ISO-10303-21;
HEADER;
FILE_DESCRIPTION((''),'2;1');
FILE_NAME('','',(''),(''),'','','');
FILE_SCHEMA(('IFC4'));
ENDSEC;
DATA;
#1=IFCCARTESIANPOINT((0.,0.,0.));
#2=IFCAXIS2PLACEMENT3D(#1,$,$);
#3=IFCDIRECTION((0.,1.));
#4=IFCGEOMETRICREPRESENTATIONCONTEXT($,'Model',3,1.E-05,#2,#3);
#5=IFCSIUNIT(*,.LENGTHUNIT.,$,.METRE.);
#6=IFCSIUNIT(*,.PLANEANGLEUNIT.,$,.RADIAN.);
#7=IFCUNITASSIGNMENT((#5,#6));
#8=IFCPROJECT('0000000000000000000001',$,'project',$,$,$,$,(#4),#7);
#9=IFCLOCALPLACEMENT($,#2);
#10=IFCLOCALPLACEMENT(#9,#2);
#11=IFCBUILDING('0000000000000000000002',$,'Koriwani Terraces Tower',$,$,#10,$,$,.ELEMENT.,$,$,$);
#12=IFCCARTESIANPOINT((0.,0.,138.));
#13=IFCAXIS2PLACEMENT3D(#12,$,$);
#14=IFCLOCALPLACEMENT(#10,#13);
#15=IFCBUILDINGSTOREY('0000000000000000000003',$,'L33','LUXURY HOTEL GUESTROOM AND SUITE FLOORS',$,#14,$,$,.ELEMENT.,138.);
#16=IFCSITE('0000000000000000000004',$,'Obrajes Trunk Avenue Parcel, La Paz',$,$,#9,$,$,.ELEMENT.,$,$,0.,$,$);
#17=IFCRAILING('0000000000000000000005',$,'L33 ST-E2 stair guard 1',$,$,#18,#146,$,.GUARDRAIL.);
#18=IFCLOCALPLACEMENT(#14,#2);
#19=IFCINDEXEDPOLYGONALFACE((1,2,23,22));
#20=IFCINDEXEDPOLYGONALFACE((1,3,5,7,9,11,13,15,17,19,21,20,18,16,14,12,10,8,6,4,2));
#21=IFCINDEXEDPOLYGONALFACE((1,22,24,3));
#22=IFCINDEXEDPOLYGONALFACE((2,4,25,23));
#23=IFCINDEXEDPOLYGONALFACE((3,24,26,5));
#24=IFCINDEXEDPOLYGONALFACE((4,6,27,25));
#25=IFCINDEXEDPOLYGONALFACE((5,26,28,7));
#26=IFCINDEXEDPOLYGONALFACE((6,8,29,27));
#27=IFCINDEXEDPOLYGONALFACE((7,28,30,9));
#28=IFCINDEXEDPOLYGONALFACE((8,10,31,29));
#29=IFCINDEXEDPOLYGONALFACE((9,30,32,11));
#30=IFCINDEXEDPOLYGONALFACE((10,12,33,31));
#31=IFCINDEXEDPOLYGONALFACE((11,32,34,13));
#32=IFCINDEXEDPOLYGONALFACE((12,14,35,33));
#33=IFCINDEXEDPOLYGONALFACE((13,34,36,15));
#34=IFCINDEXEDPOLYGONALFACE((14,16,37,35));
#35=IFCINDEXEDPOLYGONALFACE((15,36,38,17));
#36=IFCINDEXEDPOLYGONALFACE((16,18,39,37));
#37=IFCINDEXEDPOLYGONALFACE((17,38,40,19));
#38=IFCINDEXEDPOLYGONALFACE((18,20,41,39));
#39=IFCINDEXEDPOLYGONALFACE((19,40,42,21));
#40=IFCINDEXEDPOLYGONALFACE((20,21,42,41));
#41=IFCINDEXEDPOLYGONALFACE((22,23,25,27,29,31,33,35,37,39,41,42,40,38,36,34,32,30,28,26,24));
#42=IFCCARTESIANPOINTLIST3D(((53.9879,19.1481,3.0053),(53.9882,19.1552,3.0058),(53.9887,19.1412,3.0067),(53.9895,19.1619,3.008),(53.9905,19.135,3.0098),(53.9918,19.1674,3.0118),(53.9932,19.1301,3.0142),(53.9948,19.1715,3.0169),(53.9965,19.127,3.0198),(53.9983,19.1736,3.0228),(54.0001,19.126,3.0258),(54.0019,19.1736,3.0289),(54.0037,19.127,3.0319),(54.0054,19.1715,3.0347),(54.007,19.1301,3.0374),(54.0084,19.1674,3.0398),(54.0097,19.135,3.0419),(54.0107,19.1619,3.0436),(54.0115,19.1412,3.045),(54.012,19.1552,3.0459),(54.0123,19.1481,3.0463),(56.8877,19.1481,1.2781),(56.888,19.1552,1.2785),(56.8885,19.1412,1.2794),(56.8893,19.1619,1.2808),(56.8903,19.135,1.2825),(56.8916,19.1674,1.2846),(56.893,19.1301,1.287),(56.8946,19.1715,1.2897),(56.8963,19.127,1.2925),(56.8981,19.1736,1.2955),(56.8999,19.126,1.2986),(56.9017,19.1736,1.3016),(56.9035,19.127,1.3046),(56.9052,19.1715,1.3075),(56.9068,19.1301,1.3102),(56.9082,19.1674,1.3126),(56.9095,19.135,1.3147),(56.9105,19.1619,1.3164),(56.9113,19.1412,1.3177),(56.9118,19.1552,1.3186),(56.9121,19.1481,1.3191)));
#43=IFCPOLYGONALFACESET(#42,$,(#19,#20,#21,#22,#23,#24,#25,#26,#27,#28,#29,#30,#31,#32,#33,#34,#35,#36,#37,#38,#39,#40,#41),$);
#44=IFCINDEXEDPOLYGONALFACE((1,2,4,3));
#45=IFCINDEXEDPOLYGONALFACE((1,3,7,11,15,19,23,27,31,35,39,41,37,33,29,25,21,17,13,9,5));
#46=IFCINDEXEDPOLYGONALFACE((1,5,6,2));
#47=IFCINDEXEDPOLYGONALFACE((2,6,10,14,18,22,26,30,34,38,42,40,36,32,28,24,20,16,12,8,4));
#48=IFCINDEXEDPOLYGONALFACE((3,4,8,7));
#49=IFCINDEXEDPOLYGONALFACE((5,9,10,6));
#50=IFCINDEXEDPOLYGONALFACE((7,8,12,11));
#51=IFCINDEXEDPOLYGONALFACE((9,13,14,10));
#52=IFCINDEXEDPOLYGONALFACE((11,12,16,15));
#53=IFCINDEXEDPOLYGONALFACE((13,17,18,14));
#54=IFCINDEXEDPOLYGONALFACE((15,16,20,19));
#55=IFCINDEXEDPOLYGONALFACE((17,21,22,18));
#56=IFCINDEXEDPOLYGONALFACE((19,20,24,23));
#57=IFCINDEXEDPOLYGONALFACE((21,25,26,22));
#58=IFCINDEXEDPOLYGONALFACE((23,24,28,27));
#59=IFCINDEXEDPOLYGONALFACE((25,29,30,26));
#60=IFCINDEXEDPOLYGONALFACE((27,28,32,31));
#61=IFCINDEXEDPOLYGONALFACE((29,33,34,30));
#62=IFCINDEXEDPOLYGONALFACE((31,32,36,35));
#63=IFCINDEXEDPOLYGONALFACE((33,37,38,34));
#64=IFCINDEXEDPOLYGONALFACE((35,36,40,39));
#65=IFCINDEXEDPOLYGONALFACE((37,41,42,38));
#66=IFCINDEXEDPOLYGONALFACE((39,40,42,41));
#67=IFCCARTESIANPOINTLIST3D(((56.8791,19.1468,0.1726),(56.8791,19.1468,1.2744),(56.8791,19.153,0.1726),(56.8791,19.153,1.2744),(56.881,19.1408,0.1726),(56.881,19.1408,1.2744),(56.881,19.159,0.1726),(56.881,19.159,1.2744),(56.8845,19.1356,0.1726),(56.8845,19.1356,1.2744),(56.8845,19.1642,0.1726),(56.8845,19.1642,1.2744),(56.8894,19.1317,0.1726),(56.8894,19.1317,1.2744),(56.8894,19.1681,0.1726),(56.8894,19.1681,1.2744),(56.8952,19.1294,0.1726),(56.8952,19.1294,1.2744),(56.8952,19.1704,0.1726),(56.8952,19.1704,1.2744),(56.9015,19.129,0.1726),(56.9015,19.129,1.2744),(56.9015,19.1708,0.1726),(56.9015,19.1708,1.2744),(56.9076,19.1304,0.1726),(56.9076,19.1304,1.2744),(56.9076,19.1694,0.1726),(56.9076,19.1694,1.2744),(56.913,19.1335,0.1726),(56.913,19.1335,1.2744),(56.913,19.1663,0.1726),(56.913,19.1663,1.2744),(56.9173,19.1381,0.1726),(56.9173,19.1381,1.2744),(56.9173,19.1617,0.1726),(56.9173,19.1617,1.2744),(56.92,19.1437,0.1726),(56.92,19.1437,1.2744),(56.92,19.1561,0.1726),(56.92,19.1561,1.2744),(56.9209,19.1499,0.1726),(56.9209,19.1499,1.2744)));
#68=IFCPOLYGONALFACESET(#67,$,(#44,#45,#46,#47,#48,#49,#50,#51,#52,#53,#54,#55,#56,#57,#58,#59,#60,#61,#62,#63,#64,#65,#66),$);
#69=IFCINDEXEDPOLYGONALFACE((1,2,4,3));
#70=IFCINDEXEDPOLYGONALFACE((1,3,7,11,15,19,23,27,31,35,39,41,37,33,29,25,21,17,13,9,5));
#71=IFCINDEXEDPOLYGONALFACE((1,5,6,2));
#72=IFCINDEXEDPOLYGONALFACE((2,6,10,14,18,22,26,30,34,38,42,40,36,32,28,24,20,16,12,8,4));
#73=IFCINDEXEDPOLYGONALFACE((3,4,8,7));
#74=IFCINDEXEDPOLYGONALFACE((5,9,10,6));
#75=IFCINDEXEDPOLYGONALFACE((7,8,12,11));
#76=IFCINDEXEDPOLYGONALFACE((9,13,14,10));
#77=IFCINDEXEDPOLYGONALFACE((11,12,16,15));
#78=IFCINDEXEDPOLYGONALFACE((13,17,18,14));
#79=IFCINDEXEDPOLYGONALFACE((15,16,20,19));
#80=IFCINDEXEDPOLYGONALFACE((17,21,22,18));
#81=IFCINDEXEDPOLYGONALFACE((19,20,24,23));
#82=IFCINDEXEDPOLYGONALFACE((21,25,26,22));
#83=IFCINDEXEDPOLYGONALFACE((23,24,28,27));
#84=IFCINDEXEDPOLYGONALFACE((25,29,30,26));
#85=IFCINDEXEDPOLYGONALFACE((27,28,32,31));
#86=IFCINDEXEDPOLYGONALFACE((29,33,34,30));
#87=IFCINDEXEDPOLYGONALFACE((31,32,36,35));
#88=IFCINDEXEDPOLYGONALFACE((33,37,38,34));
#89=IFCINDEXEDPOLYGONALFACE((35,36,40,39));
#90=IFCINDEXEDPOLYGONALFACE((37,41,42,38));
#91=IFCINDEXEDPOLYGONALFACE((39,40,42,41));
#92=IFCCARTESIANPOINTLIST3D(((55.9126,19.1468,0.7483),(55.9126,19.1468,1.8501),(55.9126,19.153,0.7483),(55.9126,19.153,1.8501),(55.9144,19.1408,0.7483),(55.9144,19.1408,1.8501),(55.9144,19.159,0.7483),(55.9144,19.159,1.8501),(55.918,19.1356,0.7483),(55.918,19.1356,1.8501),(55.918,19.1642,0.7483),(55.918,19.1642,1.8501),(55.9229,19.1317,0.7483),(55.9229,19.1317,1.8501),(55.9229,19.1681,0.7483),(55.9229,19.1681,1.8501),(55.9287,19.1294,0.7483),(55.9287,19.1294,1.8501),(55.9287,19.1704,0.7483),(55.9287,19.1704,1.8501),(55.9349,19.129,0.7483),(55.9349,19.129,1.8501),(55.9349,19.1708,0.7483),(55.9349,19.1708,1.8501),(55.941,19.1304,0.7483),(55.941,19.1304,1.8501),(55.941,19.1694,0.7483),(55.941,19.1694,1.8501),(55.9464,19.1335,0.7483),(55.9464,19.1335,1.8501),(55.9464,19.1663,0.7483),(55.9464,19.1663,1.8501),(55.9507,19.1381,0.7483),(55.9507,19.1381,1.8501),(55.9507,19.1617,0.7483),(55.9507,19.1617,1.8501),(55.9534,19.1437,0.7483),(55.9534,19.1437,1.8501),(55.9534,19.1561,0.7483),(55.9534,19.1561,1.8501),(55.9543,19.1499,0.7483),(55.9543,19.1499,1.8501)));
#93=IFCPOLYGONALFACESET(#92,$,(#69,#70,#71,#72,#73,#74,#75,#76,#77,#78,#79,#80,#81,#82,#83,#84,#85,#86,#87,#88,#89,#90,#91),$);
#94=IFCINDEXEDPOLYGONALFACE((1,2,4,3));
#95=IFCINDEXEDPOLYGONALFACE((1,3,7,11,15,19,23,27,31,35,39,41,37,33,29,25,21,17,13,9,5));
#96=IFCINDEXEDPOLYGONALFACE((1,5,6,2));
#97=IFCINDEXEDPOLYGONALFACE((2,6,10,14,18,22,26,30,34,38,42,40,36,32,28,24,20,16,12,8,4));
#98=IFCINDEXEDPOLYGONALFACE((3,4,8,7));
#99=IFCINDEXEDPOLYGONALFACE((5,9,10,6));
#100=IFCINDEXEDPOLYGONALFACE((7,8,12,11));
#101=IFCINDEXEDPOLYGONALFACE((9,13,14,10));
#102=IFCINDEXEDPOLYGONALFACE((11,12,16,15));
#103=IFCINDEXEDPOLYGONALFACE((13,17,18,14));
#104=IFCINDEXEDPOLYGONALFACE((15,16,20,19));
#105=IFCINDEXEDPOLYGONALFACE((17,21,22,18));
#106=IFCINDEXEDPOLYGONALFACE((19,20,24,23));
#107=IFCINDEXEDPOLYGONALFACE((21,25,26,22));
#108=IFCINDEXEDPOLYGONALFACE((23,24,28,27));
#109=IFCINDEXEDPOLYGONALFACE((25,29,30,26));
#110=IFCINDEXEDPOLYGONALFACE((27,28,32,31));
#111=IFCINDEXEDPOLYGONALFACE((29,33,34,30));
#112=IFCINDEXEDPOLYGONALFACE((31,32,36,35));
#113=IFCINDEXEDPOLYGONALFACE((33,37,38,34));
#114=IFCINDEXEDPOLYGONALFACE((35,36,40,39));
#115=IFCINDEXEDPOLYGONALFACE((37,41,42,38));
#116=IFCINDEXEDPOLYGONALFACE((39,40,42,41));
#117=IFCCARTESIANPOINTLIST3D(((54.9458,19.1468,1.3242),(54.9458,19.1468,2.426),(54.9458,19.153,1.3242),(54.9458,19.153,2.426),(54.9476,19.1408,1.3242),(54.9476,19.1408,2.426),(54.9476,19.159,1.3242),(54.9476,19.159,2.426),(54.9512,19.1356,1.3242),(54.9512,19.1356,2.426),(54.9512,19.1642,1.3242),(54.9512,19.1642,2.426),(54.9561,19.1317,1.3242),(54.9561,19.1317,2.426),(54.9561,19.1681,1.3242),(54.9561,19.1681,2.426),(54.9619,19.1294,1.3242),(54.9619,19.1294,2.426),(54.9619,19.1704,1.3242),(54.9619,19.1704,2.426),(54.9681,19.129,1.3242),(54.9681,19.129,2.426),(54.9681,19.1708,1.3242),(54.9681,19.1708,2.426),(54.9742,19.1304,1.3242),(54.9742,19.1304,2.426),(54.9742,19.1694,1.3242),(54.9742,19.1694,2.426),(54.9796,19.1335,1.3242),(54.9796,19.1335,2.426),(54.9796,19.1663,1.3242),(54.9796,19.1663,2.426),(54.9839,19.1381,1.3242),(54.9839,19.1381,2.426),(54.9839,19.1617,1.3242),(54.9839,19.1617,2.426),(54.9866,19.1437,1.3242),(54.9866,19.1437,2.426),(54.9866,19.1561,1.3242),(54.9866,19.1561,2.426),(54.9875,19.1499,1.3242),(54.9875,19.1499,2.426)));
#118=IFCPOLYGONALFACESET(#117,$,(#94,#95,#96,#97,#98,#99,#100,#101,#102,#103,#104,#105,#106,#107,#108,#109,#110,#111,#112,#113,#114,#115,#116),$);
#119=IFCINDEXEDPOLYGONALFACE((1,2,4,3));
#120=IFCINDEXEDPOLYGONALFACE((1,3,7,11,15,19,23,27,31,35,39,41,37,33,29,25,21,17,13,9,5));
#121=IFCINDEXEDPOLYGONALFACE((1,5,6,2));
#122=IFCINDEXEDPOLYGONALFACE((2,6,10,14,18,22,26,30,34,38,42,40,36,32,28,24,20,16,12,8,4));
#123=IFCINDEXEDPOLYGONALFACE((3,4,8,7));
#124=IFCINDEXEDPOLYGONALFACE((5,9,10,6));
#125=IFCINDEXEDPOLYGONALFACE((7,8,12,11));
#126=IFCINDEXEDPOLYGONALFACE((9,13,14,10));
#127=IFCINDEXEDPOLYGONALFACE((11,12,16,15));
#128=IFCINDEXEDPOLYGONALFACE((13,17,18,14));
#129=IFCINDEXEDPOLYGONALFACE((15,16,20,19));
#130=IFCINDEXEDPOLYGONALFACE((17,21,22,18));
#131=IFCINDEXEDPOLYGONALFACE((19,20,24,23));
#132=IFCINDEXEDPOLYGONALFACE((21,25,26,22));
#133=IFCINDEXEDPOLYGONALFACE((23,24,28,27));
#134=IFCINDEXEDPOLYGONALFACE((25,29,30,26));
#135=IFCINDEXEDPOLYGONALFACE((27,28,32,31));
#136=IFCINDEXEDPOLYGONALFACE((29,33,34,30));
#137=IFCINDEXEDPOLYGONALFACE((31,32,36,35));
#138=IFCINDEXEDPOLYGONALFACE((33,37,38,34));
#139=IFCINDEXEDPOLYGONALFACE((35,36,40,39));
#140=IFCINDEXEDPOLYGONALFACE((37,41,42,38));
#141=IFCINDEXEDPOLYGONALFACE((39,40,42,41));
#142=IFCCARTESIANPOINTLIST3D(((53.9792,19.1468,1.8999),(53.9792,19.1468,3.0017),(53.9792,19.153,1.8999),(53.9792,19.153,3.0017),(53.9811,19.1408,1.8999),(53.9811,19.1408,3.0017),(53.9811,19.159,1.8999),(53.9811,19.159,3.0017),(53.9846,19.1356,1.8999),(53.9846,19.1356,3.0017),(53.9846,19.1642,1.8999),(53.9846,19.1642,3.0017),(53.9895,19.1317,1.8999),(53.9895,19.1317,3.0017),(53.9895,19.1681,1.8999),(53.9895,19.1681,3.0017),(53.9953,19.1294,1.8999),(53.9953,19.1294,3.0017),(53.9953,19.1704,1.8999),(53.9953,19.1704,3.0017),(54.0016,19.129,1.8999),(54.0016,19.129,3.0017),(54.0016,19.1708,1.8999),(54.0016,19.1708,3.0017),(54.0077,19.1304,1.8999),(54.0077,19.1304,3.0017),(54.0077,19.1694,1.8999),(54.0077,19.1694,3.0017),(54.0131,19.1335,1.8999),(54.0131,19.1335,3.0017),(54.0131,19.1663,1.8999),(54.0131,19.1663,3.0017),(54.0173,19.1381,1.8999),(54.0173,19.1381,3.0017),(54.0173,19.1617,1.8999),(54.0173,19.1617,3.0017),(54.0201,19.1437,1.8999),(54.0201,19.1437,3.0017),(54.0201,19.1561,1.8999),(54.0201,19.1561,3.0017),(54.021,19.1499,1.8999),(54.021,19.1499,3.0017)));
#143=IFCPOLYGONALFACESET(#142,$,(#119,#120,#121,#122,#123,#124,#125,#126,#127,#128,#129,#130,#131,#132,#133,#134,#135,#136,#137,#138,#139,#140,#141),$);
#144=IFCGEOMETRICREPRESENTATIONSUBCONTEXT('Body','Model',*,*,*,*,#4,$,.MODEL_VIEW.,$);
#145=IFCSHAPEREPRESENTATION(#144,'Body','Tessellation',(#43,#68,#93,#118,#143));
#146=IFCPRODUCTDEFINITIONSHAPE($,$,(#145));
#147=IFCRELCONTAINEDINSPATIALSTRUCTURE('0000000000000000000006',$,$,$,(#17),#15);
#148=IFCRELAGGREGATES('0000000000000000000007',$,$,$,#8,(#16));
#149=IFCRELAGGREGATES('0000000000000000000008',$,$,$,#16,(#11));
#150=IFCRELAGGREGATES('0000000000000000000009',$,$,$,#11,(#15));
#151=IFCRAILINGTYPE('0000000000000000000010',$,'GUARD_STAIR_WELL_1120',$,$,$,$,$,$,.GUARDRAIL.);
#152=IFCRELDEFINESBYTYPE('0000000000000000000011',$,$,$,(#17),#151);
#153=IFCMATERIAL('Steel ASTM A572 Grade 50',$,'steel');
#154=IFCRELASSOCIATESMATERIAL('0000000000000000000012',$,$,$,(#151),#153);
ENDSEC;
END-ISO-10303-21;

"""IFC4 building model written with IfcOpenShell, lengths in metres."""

from ifc_helpers import new_model, si_unit, direction, frame, origin, origin_2d, place, context, subcontext, project, spatial, circle, extrude, material, type_object, element, save


model = new_model("IFC4")

# Units and contexts
model_context = context("Model", 3, precision=1e-05, world=origin(), true_north=direction((0.0, 1.0)))
body_context = subcontext(model_context, "Body", "Model", "MODEL_VIEW")
ifc_project = project(units=[si_unit("LENGTHUNIT", "METRE"), si_unit("PLANEANGLEUNIT", "RADIAN")], contexts=[model_context])

# Site, building, storey
site_placement = place(None, origin())
site = spatial("IfcSite", under=ifc_project, at=site_placement, Name="Obrajes Trunk Avenue Parcel, La Paz", CompositionType="ELEMENT", RefElevation=0.0)
building_placement = place(site_placement, origin())
building = spatial("IfcBuilding", under=site, at=building_placement, Name="Koriwani Terraces Tower", CompositionType="ELEMENT")
storey_placement = place(building_placement, frame((0.0, 0.0, 138.0)))
storey = spatial("IfcBuildingStorey", under=building, at=storey_placement, Name="L33", Description="LUXURY HOTEL GUESTROOM AND SUITE FLOORS", CompositionType="ELEMENT", Elevation=138.0)

# Shared definitions
ifc_material_1 = material(Name="Steel ASTM A572 Grade 50", Category="steel")

# Railing
railing_type_1 = type_object("IfcRailingType", Name="GUARD_STAIR_WELL_1120", PredefinedType="GUARDRAIL", material=ifc_material_1)
railing_1_placement = place(storey_placement, frame((56.8999, 19.1499, 0.1726)))
element("IfcRailing", 1, at=railing_1_placement, inside=storey, type_object=railing_type_1, Name="L33 ST-E2 stair guard 1", PredefinedType="GUARDRAIL", context=body_context, shape_type="SweptSolid", body=[
    extrude(circle(Radius=0.0239, at=origin_2d()), frame((0.0, 0.0, 1.126), z_axis=(-0.859141, 0.0, 0.511738), x_axis=(0.0, -1.0, 0.0)), (0.0, 0.0, 1.0), 3.3752),
    extrude(circle(Radius=0.021, at=origin_2d()), origin(), (0.0, 0.0, 1.0), 1.1018),
    extrude(circle(Radius=0.021, at=origin_2d()), frame((-0.9666, 0.0, 0.5757)), (0.0, 0.0, 1.0), 1.1018),
    extrude(circle(Radius=0.021, at=origin_2d()), frame((-1.9333, 0.0, 1.1516)), (0.0, 0.0, 1.0), 1.1018),
    extrude(circle(Radius=0.021, at=origin_2d()), frame((-2.8999, 0.0, 1.7273)), (0.0, 0.0, 1.0), 1.1018),
])

save(model, "model.ifc")
